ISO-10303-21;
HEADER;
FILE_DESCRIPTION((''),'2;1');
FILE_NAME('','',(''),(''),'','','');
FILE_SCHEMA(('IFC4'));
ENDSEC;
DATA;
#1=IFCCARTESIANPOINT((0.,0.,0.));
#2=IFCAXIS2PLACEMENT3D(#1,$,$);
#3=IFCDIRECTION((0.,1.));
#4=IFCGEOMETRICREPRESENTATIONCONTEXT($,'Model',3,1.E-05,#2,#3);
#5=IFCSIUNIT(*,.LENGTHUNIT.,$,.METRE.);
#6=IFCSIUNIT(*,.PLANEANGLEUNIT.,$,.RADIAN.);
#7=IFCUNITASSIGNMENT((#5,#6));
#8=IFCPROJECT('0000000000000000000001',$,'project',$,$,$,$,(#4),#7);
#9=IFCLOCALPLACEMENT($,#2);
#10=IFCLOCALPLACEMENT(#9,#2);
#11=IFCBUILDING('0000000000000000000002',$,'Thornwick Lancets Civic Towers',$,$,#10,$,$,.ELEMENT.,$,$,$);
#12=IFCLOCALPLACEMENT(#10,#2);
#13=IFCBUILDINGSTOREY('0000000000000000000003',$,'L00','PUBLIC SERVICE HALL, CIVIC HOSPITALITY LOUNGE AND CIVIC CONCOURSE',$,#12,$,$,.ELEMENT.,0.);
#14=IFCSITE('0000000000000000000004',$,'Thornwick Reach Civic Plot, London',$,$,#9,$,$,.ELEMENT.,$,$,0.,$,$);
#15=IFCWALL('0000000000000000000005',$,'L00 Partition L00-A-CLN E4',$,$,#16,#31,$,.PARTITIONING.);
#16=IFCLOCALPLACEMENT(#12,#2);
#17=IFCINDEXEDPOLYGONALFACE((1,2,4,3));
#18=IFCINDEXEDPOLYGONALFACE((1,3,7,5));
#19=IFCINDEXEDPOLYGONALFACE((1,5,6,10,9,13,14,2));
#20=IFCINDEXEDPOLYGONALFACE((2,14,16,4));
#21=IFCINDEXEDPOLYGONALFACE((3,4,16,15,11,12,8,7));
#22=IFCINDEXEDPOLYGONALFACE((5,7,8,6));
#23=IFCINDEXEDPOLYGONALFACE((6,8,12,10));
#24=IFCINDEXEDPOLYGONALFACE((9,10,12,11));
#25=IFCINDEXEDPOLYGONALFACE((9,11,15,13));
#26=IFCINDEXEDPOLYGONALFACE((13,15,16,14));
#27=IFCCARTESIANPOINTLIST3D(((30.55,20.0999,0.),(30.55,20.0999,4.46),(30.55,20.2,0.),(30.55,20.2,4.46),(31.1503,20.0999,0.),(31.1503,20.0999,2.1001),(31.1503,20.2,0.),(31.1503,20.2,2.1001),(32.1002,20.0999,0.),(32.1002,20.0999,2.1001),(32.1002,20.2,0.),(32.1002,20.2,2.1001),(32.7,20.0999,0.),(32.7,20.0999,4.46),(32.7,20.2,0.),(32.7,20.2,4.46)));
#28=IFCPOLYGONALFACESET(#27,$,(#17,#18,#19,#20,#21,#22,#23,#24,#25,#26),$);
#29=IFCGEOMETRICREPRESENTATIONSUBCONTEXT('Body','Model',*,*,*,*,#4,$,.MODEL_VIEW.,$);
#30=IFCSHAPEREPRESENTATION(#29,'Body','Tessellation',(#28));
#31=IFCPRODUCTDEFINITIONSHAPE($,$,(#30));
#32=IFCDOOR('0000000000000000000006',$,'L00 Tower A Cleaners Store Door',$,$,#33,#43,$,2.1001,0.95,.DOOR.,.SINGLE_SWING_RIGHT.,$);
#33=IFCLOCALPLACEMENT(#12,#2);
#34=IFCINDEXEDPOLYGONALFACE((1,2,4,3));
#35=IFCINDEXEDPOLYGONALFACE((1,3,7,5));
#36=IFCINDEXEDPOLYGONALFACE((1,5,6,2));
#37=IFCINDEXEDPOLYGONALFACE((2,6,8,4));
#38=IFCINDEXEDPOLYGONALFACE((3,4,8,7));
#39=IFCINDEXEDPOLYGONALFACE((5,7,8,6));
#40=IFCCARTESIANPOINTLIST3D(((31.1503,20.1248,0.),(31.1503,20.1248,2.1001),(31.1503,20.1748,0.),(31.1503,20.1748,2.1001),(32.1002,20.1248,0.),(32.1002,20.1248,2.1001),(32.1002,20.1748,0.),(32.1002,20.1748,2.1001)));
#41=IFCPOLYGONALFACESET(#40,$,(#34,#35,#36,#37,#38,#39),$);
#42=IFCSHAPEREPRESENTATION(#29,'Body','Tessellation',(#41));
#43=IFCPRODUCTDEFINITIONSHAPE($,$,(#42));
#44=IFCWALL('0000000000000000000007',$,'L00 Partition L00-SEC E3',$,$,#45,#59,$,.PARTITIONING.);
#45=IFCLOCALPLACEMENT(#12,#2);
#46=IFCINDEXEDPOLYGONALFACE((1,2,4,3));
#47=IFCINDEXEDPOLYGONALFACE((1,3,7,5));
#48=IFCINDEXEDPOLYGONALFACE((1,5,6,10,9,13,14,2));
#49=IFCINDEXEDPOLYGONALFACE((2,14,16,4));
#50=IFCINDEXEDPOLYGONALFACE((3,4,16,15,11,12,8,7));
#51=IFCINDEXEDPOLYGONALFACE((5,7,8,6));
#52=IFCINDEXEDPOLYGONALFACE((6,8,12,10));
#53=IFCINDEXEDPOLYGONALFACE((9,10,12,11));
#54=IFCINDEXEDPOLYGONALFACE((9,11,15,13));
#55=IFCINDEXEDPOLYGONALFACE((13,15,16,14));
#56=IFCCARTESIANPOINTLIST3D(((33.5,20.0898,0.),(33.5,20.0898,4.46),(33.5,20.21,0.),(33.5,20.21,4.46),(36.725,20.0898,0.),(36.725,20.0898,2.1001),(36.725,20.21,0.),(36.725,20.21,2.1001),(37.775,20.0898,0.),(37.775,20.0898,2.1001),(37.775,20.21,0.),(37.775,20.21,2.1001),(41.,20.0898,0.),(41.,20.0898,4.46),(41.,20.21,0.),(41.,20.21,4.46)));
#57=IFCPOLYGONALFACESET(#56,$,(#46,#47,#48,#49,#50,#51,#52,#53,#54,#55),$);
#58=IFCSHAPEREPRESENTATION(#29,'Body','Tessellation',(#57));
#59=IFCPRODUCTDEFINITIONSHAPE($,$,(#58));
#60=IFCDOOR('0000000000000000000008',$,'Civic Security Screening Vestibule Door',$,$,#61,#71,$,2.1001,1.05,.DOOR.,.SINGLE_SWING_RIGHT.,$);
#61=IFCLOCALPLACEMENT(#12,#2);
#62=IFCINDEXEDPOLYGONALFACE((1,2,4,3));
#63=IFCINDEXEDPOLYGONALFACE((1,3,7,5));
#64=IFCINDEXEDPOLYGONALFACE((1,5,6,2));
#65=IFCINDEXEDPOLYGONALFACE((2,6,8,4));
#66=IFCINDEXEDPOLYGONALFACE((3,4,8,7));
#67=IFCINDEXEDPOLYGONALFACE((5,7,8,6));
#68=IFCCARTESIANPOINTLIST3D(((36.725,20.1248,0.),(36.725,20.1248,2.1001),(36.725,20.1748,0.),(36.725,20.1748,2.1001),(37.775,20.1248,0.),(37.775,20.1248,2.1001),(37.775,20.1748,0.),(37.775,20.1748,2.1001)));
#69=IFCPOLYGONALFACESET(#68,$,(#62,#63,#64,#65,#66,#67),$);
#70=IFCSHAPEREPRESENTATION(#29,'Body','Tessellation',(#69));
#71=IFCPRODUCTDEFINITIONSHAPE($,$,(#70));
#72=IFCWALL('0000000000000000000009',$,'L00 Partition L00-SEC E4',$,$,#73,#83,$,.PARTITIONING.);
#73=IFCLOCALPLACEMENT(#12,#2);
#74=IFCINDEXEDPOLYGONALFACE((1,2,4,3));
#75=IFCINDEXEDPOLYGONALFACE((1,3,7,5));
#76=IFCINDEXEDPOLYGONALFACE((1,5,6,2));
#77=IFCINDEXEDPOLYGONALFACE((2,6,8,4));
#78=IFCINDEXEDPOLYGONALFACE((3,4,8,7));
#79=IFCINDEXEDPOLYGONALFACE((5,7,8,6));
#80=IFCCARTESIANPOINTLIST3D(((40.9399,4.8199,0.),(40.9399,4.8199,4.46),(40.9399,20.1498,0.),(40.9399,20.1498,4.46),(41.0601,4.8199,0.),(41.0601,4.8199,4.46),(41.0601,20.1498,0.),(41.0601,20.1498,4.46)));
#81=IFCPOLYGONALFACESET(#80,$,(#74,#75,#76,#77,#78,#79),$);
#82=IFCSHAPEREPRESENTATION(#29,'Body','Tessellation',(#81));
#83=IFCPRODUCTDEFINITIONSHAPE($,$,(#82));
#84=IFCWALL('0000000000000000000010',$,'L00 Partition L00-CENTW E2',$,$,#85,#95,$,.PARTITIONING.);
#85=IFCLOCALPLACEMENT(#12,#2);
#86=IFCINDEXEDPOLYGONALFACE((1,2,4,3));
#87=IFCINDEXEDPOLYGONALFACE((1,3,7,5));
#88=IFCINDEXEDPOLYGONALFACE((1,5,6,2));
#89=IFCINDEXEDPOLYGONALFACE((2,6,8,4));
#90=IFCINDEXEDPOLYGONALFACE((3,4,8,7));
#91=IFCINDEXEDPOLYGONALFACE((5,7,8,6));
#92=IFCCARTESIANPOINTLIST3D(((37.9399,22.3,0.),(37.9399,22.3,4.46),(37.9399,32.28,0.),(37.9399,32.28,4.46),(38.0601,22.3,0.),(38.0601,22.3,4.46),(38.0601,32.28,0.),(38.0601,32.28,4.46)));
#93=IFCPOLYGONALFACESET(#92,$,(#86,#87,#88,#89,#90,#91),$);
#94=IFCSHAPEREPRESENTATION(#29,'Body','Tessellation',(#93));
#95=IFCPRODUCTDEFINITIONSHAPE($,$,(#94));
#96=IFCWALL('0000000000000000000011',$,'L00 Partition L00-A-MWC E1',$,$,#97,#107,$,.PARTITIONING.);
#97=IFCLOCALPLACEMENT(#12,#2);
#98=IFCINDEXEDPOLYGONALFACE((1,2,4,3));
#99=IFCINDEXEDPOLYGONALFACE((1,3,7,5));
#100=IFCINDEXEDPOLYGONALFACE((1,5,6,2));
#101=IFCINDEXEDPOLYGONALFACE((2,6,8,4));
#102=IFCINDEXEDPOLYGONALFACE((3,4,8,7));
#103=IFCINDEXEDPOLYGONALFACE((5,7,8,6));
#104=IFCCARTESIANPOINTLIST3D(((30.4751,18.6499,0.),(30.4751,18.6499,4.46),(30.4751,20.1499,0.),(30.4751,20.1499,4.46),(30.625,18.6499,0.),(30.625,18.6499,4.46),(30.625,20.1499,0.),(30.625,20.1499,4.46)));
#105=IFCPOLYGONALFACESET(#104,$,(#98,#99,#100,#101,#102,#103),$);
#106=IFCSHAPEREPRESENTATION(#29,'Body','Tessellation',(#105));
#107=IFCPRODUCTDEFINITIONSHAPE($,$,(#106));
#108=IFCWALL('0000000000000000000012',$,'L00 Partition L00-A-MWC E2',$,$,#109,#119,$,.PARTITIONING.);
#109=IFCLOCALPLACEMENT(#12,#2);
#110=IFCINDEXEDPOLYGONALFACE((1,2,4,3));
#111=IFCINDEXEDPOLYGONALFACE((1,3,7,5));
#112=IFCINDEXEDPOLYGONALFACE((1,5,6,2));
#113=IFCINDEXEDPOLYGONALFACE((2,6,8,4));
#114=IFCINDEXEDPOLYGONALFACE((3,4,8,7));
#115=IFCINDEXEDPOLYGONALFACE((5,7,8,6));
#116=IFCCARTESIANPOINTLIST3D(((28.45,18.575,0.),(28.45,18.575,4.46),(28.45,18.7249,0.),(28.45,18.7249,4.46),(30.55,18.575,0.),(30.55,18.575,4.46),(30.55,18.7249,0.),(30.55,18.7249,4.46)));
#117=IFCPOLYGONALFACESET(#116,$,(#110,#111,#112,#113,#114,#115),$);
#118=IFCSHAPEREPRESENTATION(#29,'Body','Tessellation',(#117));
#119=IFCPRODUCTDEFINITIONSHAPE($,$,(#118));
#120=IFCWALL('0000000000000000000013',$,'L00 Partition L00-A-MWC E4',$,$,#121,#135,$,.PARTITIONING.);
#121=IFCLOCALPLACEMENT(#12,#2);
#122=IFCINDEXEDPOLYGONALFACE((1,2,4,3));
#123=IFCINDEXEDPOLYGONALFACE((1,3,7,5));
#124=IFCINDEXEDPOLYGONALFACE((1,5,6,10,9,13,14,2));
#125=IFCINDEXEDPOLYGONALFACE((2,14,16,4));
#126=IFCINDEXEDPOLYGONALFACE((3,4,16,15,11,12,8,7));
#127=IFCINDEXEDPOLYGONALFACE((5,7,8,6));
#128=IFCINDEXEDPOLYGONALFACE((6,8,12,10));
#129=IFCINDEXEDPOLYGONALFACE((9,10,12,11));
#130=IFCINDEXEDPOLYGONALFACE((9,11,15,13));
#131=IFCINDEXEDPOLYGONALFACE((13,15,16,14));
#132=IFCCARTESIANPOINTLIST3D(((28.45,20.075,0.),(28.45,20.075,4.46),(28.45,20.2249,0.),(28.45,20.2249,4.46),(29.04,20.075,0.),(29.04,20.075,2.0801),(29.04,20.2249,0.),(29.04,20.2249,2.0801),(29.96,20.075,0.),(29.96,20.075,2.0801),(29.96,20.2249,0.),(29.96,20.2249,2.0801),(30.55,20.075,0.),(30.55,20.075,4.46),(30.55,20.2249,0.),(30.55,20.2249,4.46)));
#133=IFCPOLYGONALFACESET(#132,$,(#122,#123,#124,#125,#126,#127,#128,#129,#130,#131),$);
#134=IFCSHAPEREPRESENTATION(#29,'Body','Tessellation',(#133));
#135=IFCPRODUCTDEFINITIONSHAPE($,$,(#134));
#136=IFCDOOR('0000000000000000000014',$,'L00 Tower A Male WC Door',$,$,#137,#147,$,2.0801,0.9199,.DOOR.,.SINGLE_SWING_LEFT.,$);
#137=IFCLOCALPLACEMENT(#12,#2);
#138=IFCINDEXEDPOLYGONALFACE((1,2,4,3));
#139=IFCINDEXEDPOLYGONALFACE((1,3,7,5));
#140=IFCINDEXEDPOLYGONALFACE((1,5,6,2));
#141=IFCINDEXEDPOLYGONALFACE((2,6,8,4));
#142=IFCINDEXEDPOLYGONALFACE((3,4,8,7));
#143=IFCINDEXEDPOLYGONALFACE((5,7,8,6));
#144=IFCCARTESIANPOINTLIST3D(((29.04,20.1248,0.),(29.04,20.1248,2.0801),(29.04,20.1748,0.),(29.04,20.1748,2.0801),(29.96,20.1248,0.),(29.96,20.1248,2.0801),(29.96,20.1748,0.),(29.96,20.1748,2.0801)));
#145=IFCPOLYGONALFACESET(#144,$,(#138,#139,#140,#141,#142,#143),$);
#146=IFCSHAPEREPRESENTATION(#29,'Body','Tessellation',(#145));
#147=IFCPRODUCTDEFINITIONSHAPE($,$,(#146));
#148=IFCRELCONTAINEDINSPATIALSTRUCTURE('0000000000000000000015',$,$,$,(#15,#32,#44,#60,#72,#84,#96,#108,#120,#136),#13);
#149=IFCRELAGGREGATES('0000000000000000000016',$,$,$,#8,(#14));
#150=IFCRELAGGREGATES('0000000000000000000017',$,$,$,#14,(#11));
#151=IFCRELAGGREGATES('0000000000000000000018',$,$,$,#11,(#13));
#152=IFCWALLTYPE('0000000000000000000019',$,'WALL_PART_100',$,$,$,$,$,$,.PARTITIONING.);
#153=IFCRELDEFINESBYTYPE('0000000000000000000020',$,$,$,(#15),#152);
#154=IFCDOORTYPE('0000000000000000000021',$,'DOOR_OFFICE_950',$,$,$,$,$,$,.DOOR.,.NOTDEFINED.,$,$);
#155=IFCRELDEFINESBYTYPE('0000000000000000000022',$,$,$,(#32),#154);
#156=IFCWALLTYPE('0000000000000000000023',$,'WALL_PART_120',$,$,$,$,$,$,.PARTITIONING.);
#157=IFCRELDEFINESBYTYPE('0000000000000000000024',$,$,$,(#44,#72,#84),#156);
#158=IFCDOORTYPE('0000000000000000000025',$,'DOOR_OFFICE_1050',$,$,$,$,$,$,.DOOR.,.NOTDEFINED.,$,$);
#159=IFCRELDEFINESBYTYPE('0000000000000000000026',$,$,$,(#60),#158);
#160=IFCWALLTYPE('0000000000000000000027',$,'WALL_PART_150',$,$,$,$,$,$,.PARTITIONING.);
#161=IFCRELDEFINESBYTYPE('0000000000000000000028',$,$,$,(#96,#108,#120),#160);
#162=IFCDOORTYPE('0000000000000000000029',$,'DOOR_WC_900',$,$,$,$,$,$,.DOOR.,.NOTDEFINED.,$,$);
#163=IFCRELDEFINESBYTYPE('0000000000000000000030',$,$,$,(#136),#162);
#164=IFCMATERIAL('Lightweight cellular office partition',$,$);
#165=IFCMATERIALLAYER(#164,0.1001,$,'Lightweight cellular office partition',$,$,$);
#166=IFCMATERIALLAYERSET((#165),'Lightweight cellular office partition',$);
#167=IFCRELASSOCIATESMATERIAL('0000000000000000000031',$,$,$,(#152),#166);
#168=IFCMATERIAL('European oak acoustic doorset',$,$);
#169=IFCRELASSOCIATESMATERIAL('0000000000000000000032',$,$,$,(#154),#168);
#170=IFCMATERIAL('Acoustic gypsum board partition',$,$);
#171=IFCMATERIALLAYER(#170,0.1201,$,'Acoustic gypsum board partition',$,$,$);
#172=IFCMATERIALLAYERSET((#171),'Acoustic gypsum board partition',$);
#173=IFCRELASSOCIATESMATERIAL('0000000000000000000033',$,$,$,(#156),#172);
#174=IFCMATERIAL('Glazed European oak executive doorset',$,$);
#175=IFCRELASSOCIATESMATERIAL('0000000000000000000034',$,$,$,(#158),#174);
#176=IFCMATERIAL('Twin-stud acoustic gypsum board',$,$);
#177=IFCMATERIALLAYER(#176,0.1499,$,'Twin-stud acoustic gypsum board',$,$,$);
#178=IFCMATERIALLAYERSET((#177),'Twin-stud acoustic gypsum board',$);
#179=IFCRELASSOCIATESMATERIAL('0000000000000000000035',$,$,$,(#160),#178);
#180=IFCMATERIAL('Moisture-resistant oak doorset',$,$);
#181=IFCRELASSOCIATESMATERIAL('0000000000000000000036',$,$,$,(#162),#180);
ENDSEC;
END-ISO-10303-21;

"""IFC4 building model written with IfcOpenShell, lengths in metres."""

from ifc_helpers import new_model, si_unit, direction, frame, frame_2d, origin, place, context, subcontext, project, spatial, rectangle, extrude, material, layer, layer_set, type_object, element, fill, save


model = new_model("IFC4")

# Units and contexts
model_context = context("Model", 3, precision=1e-05, world=origin(), true_north=direction((0.0, 1.0)))
body_context = subcontext(model_context, "Body", "Model", "MODEL_VIEW")
ifc_project = project(units=[si_unit("LENGTHUNIT", "METRE"), si_unit("PLANEANGLEUNIT", "RADIAN")], contexts=[model_context])

# Site, building, storey
site_placement = place(None, origin())
site = spatial("IfcSite", under=ifc_project, at=site_placement, Name="Thornwick Reach Civic Plot, London", CompositionType="ELEMENT", RefElevation=0.0)
building_placement = place(site_placement, origin())
building = spatial("IfcBuilding", under=site, at=building_placement, Name="Thornwick Lancets Civic Towers", CompositionType="ELEMENT")
storey_placement = place(building_placement, origin())
storey = spatial("IfcBuildingStorey", under=building, at=storey_placement, Name="L00", Description="PUBLIC SERVICE HALL, CIVIC HOSPITALITY LOUNGE AND CIVIC CONCOURSE", CompositionType="ELEMENT", Elevation=0.0)

# Shared definitions
ifc_material_1 = material(Name="Lightweight cellular office partition")
ifc_layer_1 = layer(ifc_material_1, 0.1001, Name="Lightweight cellular office partition")
ifc_layer_set_1 = layer_set([ifc_layer_1], Name="Lightweight cellular office partition")
wall_type_1 = type_object("IfcWallType", Name="WALL_PART_100", PredefinedType="PARTITIONING", material=ifc_layer_set_1)

# Walls, openings, doors
wall_1_placement = place(storey_placement, frame((30.55, 20.1499, 0.0), z_axis=(0.0, 0.0, 1.0), x_axis=(1.0, 0.0, 0.0)))
wall_1 = element("IfcWall", 1, at=wall_1_placement, inside=storey, type_object=wall_type_1, Name="L00 Partition L00-A-CLN E4", PredefinedType="PARTITIONING", context=body_context, shape_type="SweptSolid", body=[
    extrude(rectangle(XDim=2.1499, YDim=0.1001, at=frame_2d((1.075, 0.0))), origin(), (0.0, 0.0, 1.0), 4.46),
])
opening_1_placement = place(wall_1_placement, frame((0.6001, 0.0, 0.0)))
opening_1 = element("IfcOpeningElement", 2, at=opening_1_placement, cuts=wall_1, PredefinedType="OPENING", context=body_context, shape_type="SweptSolid", body=[
    extrude(rectangle(XDim=0.95, YDim=2.1001, at=frame_2d((0.4751, 1.05))), frame((0.0, 0.0601, 0.0), z_axis=(0.0, -1.0, 0.0), x_axis=(1.0, 0.0, 0.0)), (0.0, 0.0, 1.0), 0.1201),
])
ifc_material_2 = material(Name="European oak acoustic doorset")
door_type_1 = type_object("IfcDoorType", Name="DOOR_OFFICE_950", OperationType="NOTDEFINED", PredefinedType="DOOR", material=ifc_material_2)
door_1_placement = place(opening_1_placement, origin())
door_1 = element("IfcDoor", 3, at=door_1_placement, inside=storey, type_object=door_type_1, Name="L00 Tower A Cleaners Store Door", OperationType="SINGLE_SWING_RIGHT", OverallHeight=2.1001, OverallWidth=0.95, PredefinedType="DOOR", context=body_context, shape_type="SweptSolid", body=[
    extrude(rectangle(XDim=0.95, YDim=2.1001, at=frame_2d((0.4751, 1.05))), frame((0.0, 0.0249, 0.0), z_axis=(0.0, -1.0, 0.0), x_axis=(1.0, 0.0, 0.0)), (0.0, 0.0, 1.0), 0.05),
])
fill(opening_1, door_1)
ifc_material_3 = material(Name="Acoustic gypsum board partition")
ifc_layer_2 = layer(ifc_material_3, 0.1201, Name="Acoustic gypsum board partition")
ifc_layer_set_2 = layer_set([ifc_layer_2], Name="Acoustic gypsum board partition")
wall_type_2 = type_object("IfcWallType", Name="WALL_PART_120", PredefinedType="PARTITIONING", material=ifc_layer_set_2)
wall_2_placement = place(storey_placement, frame((33.5, 20.1499, 0.0), z_axis=(0.0, 0.0, 1.0), x_axis=(1.0, 0.0, 0.0)))
wall_2 = element("IfcWall", 4, at=wall_2_placement, inside=storey, type_object=wall_type_2, Name="L00 Partition L00-SEC E3", PredefinedType="PARTITIONING", context=body_context, shape_type="SweptSolid", body=[
    extrude(rectangle(XDim=7.5, YDim=0.1201, at=frame_2d((3.75, 0.0))), origin(), (0.0, 0.0, 1.0), 4.46),
])
opening_2_placement = place(wall_2_placement, frame((3.2251, 0.0, 0.0)))
opening_2 = element("IfcOpeningElement", 5, at=opening_2_placement, cuts=wall_2, PredefinedType="OPENING", context=body_context, shape_type="SweptSolid", body=[
    extrude(rectangle(XDim=1.05, YDim=2.1001, at=frame_2d((0.5249, 1.05))), frame((0.0, 0.0701, 0.0), z_axis=(0.0, -1.0, 0.0), x_axis=(1.0, 0.0, 0.0)), (0.0, 0.0, 1.0), 0.1401),
])
ifc_material_4 = material(Name="Glazed European oak executive doorset")
door_type_2 = type_object("IfcDoorType", Name="DOOR_OFFICE_1050", OperationType="NOTDEFINED", PredefinedType="DOOR", material=ifc_material_4)
door_2_placement = place(opening_2_placement, origin())
door_2 = element("IfcDoor", 6, at=door_2_placement, inside=storey, type_object=door_type_2, Name="Civic Security Screening Vestibule Door", OperationType="SINGLE_SWING_RIGHT", OverallHeight=2.1001, OverallWidth=1.05, PredefinedType="DOOR", context=body_context, shape_type="SweptSolid", body=[
    extrude(rectangle(XDim=1.05, YDim=2.1001, at=frame_2d((0.5249, 1.05))), frame((0.0, 0.0249, 0.0), z_axis=(0.0, -1.0, 0.0), x_axis=(1.0, 0.0, 0.0)), (0.0, 0.0, 1.0), 0.05),
])
fill(opening_2, door_2)

# Walls
wall_3_placement = place(storey_placement, frame((41.0, 20.1499, 0.0), z_axis=(0.0, 0.0, 1.0), x_axis=(0.0, -1.0, 0.0)))
element("IfcWall", 7, at=wall_3_placement, inside=storey, type_object=wall_type_2, Name="L00 Partition L00-SEC E4", PredefinedType="PARTITIONING", context=body_context, shape_type="SweptSolid", body=[
    extrude(rectangle(XDim=15.3298, YDim=0.1201, at=frame_2d((7.665, 0.0))), origin(), (0.0, 0.0, 1.0), 4.46),
])
wall_4_placement = place(storey_placement, frame((38.0, 22.3, 0.0), z_axis=(0.0, 0.0, 1.0), x_axis=(0.0, 1.0, 0.0)))
element("IfcWall", 8, at=wall_4_placement, inside=storey, type_object=wall_type_2, Name="L00 Partition L00-CENTW E2", PredefinedType="PARTITIONING", context=body_context, shape_type="SweptSolid", body=[
    extrude(rectangle(XDim=9.98, YDim=0.1201, at=frame_2d((4.99, 0.0))), origin(), (0.0, 0.0, 1.0), 4.46),
])
ifc_material_5 = material(Name="Twin-stud acoustic gypsum board")
ifc_layer_3 = layer(ifc_material_5, 0.1499, Name="Twin-stud acoustic gypsum board")
ifc_layer_set_3 = layer_set([ifc_layer_3], Name="Twin-stud acoustic gypsum board")
wall_type_3 = type_object("IfcWallType", Name="WALL_PART_150", PredefinedType="PARTITIONING", material=ifc_layer_set_3)
wall_5_placement = place(storey_placement, frame((30.55, 20.1499, 0.0), z_axis=(0.0, 0.0, 1.0), x_axis=(0.0, -1.0, 0.0)))
element("IfcWall", 9, at=wall_5_placement, inside=storey, type_object=wall_type_3, Name="L00 Partition L00-A-MWC E1", PredefinedType="PARTITIONING", context=body_context, shape_type="SweptSolid", body=[
    extrude(rectangle(XDim=1.5, YDim=0.1499, at=frame_2d((0.75, 0.0))), origin(), (0.0, 0.0, 1.0), 4.46),
])
wall_6_placement = place(storey_placement, frame((30.55, 18.6499, 0.0), z_axis=(0.0, 0.0, 1.0), x_axis=(-1.0, 0.0, 0.0)))
element("IfcWall", 10, at=wall_6_placement, inside=storey, type_object=wall_type_3, Name="L00 Partition L00-A-MWC E2", PredefinedType="PARTITIONING", context=body_context, shape_type="SweptSolid", body=[
    extrude(rectangle(XDim=2.1001, YDim=0.1499, at=frame_2d((1.05, 0.0))), origin(), (0.0, 0.0, 1.0), 4.46),
])

# Wall, opening, door
wall_7_placement = place(storey_placement, frame((28.45, 20.1499, 0.0), z_axis=(0.0, 0.0, 1.0), x_axis=(1.0, 0.0, 0.0)))
wall_7 = element("IfcWall", 11, at=wall_7_placement, inside=storey, type_object=wall_type_3, Name="L00 Partition L00-A-MWC E4", PredefinedType="PARTITIONING", context=body_context, shape_type="SweptSolid", body=[
    extrude(rectangle(XDim=2.1001, YDim=0.1499, at=frame_2d((1.05, 0.0))), origin(), (0.0, 0.0, 1.0), 4.46),
])
opening_3_placement = place(wall_7_placement, frame((0.5901, 0.0, 0.0)))
opening_3 = element("IfcOpeningElement", 12, at=opening_3_placement, cuts=wall_7, PredefinedType="OPENING", context=body_context, shape_type="SweptSolid", body=[
    extrude(rectangle(XDim=0.9199, YDim=2.0801, at=frame_2d((0.46, 1.04))), frame((0.0, 0.085, 0.0), z_axis=(0.0, -1.0, 0.0), x_axis=(1.0, 0.0, 0.0)), (0.0, 0.0, 1.0), 0.1699),
])
ifc_material_6 = material(Name="Moisture-resistant oak doorset")
door_type_3 = type_object("IfcDoorType", Name="DOOR_WC_900", OperationType="NOTDEFINED", PredefinedType="DOOR", material=ifc_material_6)
door_3_placement = place(opening_3_placement, origin())
door_3 = element("IfcDoor", 13, at=door_3_placement, inside=storey, type_object=door_type_3, Name="L00 Tower A Male WC Door", OperationType="SINGLE_SWING_LEFT", OverallHeight=2.0801, OverallWidth=0.9199, PredefinedType="DOOR", context=body_context, shape_type="SweptSolid", body=[
    extrude(rectangle(XDim=0.9199, YDim=2.0801, at=frame_2d((0.46, 1.04))), frame((0.0, 0.0249, 0.0), z_axis=(0.0, -1.0, 0.0), x_axis=(1.0, 0.0, 0.0)), (0.0, 0.0, 1.0), 0.05),
])
fill(opening_3, door_3)

save(model, "model.ifc")
